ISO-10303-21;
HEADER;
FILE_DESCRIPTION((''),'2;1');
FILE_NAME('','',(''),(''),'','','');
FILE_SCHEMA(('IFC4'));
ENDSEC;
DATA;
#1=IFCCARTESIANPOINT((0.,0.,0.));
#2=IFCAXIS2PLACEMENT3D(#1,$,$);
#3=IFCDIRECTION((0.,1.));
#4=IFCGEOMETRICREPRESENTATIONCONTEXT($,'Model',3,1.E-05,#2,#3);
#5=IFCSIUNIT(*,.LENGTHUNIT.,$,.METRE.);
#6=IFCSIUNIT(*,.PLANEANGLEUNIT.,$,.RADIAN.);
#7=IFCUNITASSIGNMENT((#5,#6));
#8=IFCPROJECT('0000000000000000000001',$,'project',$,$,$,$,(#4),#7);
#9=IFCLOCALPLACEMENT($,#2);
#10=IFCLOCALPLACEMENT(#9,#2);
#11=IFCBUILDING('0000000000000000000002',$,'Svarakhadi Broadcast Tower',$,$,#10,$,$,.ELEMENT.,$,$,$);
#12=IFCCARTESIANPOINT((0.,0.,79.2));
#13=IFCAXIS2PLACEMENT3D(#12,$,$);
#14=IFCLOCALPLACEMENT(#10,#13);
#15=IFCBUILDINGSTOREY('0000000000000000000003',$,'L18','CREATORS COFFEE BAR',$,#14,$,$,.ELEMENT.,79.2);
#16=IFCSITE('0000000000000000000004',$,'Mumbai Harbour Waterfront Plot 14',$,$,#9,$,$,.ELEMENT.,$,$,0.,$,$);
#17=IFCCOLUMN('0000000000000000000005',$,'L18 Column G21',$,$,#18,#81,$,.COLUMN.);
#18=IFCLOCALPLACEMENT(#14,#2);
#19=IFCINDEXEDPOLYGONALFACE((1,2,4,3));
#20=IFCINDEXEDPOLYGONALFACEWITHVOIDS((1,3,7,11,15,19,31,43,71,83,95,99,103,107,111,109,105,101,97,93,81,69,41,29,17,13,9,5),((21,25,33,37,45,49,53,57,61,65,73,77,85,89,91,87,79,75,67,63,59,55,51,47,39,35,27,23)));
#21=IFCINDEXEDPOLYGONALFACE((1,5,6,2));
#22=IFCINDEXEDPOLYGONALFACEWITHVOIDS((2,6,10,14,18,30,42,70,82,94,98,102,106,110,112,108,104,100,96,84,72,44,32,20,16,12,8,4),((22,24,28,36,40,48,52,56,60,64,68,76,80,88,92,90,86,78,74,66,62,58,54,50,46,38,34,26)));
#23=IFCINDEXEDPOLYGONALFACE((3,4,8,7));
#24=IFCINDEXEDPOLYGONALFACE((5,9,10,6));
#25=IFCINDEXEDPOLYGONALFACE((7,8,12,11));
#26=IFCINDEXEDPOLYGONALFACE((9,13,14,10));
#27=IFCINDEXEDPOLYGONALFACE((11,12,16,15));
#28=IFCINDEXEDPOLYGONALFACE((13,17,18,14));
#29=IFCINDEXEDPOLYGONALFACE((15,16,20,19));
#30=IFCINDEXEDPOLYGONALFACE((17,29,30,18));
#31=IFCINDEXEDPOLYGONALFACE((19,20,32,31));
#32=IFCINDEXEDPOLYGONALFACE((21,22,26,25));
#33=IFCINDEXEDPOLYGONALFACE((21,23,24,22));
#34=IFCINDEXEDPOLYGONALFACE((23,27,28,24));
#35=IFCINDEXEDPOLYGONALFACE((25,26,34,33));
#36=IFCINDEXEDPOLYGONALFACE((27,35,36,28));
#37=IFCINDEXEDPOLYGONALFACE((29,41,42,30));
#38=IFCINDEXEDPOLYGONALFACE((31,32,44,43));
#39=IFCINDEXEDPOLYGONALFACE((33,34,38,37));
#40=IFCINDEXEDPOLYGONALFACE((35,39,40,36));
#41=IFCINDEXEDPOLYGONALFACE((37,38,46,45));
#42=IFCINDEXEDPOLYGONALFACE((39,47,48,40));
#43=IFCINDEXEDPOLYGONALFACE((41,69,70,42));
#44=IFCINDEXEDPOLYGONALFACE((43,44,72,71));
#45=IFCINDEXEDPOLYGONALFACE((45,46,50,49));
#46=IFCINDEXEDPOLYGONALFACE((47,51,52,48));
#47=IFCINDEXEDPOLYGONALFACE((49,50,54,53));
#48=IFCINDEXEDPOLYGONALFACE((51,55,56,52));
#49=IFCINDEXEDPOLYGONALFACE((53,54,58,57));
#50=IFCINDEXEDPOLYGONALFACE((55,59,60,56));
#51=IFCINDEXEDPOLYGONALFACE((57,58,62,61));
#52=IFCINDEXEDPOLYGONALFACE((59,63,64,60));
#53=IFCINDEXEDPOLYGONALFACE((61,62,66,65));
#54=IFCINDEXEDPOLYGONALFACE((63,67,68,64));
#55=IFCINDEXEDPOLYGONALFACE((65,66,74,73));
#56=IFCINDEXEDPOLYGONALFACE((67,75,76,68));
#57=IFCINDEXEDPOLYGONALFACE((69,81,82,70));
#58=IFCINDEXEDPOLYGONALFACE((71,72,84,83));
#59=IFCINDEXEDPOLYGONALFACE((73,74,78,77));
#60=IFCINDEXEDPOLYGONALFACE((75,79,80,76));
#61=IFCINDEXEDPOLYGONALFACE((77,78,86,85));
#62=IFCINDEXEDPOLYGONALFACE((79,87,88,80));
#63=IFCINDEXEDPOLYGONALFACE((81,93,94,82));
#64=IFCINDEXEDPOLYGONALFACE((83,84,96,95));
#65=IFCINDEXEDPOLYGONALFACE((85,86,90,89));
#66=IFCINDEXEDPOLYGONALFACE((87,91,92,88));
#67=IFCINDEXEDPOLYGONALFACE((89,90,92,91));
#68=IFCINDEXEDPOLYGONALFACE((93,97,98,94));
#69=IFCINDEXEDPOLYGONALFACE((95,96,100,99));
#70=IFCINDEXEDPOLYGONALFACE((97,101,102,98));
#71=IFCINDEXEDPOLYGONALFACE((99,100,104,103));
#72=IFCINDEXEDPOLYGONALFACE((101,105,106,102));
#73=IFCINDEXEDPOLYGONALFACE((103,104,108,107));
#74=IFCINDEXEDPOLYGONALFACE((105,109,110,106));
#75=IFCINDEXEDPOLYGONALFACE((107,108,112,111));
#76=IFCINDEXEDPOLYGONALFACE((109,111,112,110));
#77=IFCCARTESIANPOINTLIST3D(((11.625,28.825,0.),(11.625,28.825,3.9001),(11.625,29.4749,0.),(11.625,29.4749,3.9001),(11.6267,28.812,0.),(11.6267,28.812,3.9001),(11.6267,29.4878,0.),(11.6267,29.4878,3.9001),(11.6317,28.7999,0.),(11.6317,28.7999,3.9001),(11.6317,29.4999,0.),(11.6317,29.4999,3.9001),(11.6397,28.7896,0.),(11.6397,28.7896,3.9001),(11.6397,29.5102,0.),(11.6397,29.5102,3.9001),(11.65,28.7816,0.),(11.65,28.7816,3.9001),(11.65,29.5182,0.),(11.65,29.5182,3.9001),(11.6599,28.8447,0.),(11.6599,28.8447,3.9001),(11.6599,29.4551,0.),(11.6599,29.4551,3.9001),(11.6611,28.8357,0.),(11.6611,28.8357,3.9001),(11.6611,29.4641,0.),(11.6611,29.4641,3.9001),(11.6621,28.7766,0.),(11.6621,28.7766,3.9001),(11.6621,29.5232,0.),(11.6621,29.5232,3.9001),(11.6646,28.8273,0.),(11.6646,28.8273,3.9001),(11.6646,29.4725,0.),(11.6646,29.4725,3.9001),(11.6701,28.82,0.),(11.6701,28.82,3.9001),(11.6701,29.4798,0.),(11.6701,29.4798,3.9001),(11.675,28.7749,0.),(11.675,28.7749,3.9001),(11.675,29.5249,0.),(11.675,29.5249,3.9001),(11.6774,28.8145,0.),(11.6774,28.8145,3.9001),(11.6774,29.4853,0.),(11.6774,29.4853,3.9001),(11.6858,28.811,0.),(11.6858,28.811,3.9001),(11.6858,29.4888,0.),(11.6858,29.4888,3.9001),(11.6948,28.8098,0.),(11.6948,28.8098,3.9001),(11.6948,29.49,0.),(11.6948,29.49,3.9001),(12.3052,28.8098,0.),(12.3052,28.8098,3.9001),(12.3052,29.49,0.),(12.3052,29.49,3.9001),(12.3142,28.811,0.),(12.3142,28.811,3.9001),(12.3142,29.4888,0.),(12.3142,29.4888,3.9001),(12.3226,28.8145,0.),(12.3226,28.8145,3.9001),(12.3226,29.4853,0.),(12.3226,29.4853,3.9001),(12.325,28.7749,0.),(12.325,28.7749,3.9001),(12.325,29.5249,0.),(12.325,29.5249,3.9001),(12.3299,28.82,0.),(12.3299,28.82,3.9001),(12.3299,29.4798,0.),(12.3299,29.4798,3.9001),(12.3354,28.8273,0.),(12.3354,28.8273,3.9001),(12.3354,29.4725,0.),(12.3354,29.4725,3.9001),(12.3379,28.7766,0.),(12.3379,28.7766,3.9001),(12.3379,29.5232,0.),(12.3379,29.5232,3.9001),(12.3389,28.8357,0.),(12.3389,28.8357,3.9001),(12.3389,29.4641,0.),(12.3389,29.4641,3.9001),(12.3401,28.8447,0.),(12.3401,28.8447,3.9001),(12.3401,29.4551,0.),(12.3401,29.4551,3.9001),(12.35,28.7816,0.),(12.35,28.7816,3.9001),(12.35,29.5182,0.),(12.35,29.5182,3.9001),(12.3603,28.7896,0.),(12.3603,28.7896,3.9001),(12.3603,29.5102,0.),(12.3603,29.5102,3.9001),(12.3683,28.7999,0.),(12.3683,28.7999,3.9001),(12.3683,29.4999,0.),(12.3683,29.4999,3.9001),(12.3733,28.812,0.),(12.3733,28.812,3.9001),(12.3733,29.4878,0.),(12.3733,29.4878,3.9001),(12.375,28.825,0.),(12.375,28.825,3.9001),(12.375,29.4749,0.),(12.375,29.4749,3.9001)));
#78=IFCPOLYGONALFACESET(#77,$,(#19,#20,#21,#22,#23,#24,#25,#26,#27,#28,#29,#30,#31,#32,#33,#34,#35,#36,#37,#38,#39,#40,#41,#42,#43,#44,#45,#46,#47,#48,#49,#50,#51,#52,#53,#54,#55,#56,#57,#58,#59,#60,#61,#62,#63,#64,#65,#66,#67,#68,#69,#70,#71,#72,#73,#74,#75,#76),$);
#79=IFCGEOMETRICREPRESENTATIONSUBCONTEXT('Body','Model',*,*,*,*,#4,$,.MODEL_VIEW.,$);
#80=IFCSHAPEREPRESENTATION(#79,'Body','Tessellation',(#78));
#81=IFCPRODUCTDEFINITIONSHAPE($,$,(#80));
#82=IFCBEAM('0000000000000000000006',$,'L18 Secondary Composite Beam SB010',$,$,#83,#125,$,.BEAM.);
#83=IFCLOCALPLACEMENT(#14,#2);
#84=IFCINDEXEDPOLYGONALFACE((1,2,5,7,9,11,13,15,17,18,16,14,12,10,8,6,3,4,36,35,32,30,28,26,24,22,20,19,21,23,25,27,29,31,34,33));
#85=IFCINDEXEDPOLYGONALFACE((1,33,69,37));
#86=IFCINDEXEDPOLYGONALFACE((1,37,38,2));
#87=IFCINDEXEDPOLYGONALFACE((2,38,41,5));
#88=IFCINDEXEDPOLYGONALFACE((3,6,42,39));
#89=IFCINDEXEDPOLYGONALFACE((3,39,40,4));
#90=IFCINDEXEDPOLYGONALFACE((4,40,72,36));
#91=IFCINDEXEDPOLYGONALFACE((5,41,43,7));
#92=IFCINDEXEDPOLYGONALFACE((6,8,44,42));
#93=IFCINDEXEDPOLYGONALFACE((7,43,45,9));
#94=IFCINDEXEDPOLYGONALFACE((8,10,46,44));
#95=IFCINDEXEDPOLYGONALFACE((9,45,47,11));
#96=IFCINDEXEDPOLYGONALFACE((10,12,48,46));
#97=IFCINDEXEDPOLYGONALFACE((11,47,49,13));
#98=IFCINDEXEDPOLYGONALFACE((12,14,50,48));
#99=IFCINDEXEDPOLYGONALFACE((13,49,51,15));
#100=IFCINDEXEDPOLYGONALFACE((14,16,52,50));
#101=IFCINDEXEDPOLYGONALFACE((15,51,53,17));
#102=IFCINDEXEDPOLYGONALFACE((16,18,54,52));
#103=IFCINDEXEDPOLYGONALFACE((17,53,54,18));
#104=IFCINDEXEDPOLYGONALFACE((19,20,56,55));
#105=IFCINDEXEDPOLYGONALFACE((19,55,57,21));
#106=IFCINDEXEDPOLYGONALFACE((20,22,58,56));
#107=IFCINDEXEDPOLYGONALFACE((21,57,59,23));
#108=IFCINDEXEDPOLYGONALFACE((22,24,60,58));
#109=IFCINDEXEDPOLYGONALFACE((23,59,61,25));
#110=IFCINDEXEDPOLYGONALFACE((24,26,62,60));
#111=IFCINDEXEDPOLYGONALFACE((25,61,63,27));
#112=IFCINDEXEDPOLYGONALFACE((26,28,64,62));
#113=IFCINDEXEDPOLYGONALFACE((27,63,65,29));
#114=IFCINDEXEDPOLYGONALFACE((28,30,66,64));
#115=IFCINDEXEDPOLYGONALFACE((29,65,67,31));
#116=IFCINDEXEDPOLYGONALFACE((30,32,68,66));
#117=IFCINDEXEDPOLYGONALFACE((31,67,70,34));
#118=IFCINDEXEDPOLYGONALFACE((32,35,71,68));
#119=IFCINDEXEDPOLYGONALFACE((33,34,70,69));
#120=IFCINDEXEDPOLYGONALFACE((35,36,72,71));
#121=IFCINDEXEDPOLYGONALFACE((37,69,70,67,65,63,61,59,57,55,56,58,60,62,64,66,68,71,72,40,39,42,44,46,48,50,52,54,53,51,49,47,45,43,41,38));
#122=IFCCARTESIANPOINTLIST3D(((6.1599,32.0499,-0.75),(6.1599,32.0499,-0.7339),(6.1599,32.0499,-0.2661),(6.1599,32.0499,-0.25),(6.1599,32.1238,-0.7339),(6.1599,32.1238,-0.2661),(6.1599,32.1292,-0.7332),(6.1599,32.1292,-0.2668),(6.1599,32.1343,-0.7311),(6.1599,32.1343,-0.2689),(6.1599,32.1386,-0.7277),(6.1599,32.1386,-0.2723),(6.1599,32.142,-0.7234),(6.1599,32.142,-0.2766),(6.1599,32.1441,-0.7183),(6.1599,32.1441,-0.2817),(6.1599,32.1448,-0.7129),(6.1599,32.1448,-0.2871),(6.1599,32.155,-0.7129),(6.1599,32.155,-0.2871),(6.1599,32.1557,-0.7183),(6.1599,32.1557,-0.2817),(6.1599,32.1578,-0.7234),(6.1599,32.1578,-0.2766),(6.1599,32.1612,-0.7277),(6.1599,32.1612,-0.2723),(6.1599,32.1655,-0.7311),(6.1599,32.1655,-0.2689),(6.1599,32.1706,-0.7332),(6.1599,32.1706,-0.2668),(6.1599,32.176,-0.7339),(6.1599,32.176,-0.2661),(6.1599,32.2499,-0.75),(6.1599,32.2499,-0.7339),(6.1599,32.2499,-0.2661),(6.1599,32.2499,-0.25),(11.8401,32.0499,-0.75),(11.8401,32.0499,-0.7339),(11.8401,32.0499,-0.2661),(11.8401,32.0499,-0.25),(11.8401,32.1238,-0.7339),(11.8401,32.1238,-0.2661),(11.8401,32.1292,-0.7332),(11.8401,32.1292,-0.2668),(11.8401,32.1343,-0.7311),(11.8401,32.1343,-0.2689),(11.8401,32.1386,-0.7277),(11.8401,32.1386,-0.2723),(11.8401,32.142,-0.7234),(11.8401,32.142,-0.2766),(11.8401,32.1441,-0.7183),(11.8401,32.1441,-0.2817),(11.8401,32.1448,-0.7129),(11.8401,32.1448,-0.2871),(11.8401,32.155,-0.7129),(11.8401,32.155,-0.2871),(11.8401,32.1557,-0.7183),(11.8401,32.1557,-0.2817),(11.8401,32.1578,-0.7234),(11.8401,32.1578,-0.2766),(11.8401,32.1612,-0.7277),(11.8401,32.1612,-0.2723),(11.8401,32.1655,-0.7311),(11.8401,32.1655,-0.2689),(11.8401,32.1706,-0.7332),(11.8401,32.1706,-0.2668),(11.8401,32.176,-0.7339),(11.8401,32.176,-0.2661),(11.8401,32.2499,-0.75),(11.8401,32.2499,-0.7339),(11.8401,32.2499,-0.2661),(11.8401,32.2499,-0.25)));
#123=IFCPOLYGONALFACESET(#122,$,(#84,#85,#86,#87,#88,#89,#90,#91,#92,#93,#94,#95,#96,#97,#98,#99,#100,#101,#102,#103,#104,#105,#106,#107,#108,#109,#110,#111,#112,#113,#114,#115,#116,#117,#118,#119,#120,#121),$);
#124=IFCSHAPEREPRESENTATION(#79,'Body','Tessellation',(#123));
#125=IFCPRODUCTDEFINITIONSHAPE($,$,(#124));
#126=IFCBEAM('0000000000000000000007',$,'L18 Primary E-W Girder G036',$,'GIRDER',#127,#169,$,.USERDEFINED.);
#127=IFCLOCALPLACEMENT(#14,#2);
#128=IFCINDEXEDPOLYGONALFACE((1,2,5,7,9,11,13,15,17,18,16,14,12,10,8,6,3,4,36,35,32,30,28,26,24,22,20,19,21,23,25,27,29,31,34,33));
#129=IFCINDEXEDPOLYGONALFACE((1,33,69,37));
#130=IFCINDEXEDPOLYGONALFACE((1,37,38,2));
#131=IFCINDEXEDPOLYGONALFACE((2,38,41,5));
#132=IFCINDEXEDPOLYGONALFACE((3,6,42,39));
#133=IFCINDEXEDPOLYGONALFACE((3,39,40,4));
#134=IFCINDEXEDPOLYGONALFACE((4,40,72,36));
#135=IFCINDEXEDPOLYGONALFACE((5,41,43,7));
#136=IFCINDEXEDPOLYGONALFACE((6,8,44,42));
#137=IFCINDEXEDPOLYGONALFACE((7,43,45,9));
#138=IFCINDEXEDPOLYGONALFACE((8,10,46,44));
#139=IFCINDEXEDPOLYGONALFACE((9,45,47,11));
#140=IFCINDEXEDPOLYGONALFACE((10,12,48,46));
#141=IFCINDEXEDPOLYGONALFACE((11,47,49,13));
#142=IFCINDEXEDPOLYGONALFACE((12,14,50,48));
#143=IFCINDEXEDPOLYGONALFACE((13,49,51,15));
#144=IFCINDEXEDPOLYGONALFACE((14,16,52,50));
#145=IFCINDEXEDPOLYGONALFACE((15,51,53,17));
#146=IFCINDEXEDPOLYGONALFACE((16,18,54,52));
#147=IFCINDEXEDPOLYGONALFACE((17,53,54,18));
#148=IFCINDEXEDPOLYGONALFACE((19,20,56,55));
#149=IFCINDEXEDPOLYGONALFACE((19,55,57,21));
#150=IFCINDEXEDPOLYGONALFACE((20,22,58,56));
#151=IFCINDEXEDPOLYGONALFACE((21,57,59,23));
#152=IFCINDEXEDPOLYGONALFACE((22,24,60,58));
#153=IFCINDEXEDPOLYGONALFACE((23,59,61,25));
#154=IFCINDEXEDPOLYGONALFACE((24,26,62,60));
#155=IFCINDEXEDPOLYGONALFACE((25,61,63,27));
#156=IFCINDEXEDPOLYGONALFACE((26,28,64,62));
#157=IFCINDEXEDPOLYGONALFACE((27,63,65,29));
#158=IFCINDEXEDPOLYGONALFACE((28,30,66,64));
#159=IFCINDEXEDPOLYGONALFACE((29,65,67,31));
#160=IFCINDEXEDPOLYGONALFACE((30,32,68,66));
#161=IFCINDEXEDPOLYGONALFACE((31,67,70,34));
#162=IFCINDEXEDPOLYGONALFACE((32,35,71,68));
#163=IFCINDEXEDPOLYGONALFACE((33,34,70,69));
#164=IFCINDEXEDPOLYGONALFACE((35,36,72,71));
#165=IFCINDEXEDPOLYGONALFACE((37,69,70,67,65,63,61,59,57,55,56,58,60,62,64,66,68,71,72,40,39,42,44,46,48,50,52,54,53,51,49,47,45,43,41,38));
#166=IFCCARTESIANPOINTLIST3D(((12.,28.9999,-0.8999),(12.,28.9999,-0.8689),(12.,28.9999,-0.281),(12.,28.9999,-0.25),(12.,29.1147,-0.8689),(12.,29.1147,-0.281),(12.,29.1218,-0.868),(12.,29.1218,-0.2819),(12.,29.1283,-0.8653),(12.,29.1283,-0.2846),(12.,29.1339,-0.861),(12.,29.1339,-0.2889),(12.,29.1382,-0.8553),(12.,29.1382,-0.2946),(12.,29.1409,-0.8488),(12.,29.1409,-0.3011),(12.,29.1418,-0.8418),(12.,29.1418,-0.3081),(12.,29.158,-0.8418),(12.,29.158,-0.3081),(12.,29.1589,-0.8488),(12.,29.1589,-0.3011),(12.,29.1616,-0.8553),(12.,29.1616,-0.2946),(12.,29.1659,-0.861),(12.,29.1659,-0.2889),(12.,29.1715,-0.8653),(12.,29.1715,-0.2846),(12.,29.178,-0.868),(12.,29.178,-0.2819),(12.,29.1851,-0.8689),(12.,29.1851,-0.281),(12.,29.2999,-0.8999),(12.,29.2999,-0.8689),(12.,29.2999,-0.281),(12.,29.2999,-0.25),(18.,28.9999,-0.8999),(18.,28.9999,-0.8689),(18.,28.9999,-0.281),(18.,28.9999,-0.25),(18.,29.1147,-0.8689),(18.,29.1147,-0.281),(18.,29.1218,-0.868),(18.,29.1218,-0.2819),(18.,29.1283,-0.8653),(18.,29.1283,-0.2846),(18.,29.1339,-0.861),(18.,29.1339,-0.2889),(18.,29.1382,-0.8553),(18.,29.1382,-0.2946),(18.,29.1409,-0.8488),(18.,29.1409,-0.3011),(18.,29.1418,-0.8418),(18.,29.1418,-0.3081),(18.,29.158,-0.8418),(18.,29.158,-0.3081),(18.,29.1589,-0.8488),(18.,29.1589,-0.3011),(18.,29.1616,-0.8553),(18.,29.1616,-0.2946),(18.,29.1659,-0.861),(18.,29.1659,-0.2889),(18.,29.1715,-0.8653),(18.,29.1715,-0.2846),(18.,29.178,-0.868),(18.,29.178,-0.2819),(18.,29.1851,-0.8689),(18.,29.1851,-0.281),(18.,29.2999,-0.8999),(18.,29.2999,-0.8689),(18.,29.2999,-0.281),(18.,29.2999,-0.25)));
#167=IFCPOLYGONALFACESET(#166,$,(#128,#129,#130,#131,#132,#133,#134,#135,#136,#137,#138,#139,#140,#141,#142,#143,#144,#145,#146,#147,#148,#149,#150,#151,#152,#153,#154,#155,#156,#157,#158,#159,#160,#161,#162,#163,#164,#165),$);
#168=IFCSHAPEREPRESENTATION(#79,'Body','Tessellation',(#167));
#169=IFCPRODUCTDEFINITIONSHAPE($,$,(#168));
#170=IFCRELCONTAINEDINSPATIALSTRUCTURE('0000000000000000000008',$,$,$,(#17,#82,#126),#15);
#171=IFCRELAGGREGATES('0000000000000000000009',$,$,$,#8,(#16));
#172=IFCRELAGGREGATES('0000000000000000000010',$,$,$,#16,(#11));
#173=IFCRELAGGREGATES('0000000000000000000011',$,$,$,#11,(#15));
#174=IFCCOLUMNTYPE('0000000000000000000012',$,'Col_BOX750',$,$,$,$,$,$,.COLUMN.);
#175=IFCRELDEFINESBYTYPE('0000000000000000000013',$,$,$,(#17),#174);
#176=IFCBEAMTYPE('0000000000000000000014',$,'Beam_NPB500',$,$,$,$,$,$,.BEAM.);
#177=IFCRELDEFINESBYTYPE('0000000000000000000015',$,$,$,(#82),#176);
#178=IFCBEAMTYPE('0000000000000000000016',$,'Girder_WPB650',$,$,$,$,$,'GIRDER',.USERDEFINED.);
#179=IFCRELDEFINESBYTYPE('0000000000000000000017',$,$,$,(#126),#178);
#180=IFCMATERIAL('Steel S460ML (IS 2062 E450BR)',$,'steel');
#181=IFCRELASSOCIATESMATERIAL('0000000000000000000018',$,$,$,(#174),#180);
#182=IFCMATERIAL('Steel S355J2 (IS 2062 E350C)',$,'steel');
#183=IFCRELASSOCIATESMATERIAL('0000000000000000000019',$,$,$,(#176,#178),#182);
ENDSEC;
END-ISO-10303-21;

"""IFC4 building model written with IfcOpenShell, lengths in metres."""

from ifc_helpers import new_model, si_unit, direction, frame, origin, origin_2d, place, context, subcontext, project, spatial, hollow_rectangle, i_section, extrude, material, material_profile, profile_set, type_object, element, save


model = new_model("IFC4")

# Units and contexts
model_context = context("Model", 3, precision=1e-05, world=origin(), true_north=direction((0.0, 1.0)))
body_context = subcontext(model_context, "Body", "Model", "MODEL_VIEW")
ifc_project = project(units=[si_unit("LENGTHUNIT", "METRE"), si_unit("PLANEANGLEUNIT", "RADIAN")], contexts=[model_context])

# Site, building, storey
site_placement = place(None, origin())
site = spatial("IfcSite", under=ifc_project, at=site_placement, Name="Mumbai Harbour Waterfront Plot 14", CompositionType="ELEMENT", RefElevation=0.0)
building_placement = place(site_placement, origin())
building = spatial("IfcBuilding", under=site, at=building_placement, Name="Svarakhadi Broadcast Tower", CompositionType="ELEMENT")
storey_placement = place(building_placement, frame((0.0, 0.0, 79.2)))
storey = spatial("IfcBuildingStorey", under=building, at=storey_placement, Name="L18", Description="CREATORS COFFEE BAR", CompositionType="ELEMENT", Elevation=79.2)

# Column
ifc_material_1 = material(Name="Steel S460ML (IS 2062 E450BR)", Category="steel")
ifc_material_profile_1 = material_profile(ifc_material_1, hollow_rectangle(XDim=0.75, YDim=0.75, WallThickness=0.0349, InnerFilletRadius=0.0349, OuterFilletRadius=0.05, at=origin_2d()), Name="BOX 750x750x35")
ifc_profile_set_1 = profile_set([ifc_material_profile_1], Name="Steel S460ML (IS 2062 E450BR)")
column_type = type_object("IfcColumnType", Name="Col_BOX750", PredefinedType="COLUMN", material=ifc_profile_set_1)
column_placement = place(storey_placement, frame((12.0, 29.1499, 0.0), z_axis=(0.0, 0.0, 1.0), x_axis=(1.0, 0.0, 0.0)))
element("IfcColumn", 1, at=column_placement, inside=storey, type_object=column_type, Name="L18 Column G21", PredefinedType="COLUMN", context=body_context, shape_type="SweptSolid", body=[
    extrude(hollow_rectangle(XDim=0.75, YDim=0.75, WallThickness=0.0349, InnerFilletRadius=0.0349, OuterFilletRadius=0.05, at=origin_2d()), origin(), (0.0, 0.0, 1.0), 3.9001),
])

# Beams
ifc_material_2 = material(Name="Steel S355J2 (IS 2062 E350C)", Category="steel")
ifc_material_profile_2 = material_profile(ifc_material_2, i_section(OverallWidth=0.2, OverallDepth=0.5, WebThickness=0.0103, FlangeThickness=0.0161, FilletRadius=0.021, at=origin_2d()), Name="NPB 500x200x91")
ifc_profile_set_2 = profile_set([ifc_material_profile_2], Name="Steel S355J2 (IS 2062 E350C)")
beam_type_1 = type_object("IfcBeamType", Name="Beam_NPB500", PredefinedType="BEAM", material=ifc_profile_set_2)
beam_placement = place(storey_placement, frame((6.1599, 32.1499, -0.5), z_axis=(1.0, 0.0, 0.0), x_axis=(0.0, 1.0, 0.0)))
element("IfcBeam", 2, at=beam_placement, inside=storey, type_object=beam_type_1, Name="L18 Secondary Composite Beam SB010", PredefinedType="BEAM", context=body_context, shape_type="SweptSolid", body=[
    extrude(i_section(OverallWidth=0.2, OverallDepth=0.5, WebThickness=0.0103, FlangeThickness=0.0161, FilletRadius=0.021, at=origin_2d()), origin(), (0.0, 0.0, 1.0), 5.6802),
])
ifc_material_profile_3 = material_profile(ifc_material_2, i_section(OverallWidth=0.3, OverallDepth=0.6499, WebThickness=0.0161, FlangeThickness=0.031, FilletRadius=0.0271, at=origin_2d()), Name="WPB 650x300x225")
ifc_profile_set_3 = profile_set([ifc_material_profile_3], Name="Steel S355J2 (IS 2062 E350C)")
beam_type_2 = type_object("IfcBeamType", Name="Girder_WPB650", ElementType="GIRDER", PredefinedType="USERDEFINED", material=ifc_profile_set_3)
for number, where, z_axis, x_axis, name in (
    (3, (12.0, 29.1499, -0.575), (1.0, 0.0, 0.0), (0.0, 1.0, 0.0), "L18 Primary E-W Girder G036"),
):
    element("IfcBeam", number, at=place(storey_placement, frame(where, z_axis=z_axis, x_axis=x_axis)), inside=storey, type_object=beam_type_2, Name=name, ObjectType="GIRDER", PredefinedType="USERDEFINED", context=body_context, shape_type="SweptSolid", body=[
        extrude(i_section(OverallWidth=0.3, OverallDepth=0.6499, WebThickness=0.0161, FlangeThickness=0.031, FilletRadius=0.0271, at=origin_2d()), origin(), (0.0, 0.0, 1.0), 6.0),
    ])

save(model, "model.ifc")
